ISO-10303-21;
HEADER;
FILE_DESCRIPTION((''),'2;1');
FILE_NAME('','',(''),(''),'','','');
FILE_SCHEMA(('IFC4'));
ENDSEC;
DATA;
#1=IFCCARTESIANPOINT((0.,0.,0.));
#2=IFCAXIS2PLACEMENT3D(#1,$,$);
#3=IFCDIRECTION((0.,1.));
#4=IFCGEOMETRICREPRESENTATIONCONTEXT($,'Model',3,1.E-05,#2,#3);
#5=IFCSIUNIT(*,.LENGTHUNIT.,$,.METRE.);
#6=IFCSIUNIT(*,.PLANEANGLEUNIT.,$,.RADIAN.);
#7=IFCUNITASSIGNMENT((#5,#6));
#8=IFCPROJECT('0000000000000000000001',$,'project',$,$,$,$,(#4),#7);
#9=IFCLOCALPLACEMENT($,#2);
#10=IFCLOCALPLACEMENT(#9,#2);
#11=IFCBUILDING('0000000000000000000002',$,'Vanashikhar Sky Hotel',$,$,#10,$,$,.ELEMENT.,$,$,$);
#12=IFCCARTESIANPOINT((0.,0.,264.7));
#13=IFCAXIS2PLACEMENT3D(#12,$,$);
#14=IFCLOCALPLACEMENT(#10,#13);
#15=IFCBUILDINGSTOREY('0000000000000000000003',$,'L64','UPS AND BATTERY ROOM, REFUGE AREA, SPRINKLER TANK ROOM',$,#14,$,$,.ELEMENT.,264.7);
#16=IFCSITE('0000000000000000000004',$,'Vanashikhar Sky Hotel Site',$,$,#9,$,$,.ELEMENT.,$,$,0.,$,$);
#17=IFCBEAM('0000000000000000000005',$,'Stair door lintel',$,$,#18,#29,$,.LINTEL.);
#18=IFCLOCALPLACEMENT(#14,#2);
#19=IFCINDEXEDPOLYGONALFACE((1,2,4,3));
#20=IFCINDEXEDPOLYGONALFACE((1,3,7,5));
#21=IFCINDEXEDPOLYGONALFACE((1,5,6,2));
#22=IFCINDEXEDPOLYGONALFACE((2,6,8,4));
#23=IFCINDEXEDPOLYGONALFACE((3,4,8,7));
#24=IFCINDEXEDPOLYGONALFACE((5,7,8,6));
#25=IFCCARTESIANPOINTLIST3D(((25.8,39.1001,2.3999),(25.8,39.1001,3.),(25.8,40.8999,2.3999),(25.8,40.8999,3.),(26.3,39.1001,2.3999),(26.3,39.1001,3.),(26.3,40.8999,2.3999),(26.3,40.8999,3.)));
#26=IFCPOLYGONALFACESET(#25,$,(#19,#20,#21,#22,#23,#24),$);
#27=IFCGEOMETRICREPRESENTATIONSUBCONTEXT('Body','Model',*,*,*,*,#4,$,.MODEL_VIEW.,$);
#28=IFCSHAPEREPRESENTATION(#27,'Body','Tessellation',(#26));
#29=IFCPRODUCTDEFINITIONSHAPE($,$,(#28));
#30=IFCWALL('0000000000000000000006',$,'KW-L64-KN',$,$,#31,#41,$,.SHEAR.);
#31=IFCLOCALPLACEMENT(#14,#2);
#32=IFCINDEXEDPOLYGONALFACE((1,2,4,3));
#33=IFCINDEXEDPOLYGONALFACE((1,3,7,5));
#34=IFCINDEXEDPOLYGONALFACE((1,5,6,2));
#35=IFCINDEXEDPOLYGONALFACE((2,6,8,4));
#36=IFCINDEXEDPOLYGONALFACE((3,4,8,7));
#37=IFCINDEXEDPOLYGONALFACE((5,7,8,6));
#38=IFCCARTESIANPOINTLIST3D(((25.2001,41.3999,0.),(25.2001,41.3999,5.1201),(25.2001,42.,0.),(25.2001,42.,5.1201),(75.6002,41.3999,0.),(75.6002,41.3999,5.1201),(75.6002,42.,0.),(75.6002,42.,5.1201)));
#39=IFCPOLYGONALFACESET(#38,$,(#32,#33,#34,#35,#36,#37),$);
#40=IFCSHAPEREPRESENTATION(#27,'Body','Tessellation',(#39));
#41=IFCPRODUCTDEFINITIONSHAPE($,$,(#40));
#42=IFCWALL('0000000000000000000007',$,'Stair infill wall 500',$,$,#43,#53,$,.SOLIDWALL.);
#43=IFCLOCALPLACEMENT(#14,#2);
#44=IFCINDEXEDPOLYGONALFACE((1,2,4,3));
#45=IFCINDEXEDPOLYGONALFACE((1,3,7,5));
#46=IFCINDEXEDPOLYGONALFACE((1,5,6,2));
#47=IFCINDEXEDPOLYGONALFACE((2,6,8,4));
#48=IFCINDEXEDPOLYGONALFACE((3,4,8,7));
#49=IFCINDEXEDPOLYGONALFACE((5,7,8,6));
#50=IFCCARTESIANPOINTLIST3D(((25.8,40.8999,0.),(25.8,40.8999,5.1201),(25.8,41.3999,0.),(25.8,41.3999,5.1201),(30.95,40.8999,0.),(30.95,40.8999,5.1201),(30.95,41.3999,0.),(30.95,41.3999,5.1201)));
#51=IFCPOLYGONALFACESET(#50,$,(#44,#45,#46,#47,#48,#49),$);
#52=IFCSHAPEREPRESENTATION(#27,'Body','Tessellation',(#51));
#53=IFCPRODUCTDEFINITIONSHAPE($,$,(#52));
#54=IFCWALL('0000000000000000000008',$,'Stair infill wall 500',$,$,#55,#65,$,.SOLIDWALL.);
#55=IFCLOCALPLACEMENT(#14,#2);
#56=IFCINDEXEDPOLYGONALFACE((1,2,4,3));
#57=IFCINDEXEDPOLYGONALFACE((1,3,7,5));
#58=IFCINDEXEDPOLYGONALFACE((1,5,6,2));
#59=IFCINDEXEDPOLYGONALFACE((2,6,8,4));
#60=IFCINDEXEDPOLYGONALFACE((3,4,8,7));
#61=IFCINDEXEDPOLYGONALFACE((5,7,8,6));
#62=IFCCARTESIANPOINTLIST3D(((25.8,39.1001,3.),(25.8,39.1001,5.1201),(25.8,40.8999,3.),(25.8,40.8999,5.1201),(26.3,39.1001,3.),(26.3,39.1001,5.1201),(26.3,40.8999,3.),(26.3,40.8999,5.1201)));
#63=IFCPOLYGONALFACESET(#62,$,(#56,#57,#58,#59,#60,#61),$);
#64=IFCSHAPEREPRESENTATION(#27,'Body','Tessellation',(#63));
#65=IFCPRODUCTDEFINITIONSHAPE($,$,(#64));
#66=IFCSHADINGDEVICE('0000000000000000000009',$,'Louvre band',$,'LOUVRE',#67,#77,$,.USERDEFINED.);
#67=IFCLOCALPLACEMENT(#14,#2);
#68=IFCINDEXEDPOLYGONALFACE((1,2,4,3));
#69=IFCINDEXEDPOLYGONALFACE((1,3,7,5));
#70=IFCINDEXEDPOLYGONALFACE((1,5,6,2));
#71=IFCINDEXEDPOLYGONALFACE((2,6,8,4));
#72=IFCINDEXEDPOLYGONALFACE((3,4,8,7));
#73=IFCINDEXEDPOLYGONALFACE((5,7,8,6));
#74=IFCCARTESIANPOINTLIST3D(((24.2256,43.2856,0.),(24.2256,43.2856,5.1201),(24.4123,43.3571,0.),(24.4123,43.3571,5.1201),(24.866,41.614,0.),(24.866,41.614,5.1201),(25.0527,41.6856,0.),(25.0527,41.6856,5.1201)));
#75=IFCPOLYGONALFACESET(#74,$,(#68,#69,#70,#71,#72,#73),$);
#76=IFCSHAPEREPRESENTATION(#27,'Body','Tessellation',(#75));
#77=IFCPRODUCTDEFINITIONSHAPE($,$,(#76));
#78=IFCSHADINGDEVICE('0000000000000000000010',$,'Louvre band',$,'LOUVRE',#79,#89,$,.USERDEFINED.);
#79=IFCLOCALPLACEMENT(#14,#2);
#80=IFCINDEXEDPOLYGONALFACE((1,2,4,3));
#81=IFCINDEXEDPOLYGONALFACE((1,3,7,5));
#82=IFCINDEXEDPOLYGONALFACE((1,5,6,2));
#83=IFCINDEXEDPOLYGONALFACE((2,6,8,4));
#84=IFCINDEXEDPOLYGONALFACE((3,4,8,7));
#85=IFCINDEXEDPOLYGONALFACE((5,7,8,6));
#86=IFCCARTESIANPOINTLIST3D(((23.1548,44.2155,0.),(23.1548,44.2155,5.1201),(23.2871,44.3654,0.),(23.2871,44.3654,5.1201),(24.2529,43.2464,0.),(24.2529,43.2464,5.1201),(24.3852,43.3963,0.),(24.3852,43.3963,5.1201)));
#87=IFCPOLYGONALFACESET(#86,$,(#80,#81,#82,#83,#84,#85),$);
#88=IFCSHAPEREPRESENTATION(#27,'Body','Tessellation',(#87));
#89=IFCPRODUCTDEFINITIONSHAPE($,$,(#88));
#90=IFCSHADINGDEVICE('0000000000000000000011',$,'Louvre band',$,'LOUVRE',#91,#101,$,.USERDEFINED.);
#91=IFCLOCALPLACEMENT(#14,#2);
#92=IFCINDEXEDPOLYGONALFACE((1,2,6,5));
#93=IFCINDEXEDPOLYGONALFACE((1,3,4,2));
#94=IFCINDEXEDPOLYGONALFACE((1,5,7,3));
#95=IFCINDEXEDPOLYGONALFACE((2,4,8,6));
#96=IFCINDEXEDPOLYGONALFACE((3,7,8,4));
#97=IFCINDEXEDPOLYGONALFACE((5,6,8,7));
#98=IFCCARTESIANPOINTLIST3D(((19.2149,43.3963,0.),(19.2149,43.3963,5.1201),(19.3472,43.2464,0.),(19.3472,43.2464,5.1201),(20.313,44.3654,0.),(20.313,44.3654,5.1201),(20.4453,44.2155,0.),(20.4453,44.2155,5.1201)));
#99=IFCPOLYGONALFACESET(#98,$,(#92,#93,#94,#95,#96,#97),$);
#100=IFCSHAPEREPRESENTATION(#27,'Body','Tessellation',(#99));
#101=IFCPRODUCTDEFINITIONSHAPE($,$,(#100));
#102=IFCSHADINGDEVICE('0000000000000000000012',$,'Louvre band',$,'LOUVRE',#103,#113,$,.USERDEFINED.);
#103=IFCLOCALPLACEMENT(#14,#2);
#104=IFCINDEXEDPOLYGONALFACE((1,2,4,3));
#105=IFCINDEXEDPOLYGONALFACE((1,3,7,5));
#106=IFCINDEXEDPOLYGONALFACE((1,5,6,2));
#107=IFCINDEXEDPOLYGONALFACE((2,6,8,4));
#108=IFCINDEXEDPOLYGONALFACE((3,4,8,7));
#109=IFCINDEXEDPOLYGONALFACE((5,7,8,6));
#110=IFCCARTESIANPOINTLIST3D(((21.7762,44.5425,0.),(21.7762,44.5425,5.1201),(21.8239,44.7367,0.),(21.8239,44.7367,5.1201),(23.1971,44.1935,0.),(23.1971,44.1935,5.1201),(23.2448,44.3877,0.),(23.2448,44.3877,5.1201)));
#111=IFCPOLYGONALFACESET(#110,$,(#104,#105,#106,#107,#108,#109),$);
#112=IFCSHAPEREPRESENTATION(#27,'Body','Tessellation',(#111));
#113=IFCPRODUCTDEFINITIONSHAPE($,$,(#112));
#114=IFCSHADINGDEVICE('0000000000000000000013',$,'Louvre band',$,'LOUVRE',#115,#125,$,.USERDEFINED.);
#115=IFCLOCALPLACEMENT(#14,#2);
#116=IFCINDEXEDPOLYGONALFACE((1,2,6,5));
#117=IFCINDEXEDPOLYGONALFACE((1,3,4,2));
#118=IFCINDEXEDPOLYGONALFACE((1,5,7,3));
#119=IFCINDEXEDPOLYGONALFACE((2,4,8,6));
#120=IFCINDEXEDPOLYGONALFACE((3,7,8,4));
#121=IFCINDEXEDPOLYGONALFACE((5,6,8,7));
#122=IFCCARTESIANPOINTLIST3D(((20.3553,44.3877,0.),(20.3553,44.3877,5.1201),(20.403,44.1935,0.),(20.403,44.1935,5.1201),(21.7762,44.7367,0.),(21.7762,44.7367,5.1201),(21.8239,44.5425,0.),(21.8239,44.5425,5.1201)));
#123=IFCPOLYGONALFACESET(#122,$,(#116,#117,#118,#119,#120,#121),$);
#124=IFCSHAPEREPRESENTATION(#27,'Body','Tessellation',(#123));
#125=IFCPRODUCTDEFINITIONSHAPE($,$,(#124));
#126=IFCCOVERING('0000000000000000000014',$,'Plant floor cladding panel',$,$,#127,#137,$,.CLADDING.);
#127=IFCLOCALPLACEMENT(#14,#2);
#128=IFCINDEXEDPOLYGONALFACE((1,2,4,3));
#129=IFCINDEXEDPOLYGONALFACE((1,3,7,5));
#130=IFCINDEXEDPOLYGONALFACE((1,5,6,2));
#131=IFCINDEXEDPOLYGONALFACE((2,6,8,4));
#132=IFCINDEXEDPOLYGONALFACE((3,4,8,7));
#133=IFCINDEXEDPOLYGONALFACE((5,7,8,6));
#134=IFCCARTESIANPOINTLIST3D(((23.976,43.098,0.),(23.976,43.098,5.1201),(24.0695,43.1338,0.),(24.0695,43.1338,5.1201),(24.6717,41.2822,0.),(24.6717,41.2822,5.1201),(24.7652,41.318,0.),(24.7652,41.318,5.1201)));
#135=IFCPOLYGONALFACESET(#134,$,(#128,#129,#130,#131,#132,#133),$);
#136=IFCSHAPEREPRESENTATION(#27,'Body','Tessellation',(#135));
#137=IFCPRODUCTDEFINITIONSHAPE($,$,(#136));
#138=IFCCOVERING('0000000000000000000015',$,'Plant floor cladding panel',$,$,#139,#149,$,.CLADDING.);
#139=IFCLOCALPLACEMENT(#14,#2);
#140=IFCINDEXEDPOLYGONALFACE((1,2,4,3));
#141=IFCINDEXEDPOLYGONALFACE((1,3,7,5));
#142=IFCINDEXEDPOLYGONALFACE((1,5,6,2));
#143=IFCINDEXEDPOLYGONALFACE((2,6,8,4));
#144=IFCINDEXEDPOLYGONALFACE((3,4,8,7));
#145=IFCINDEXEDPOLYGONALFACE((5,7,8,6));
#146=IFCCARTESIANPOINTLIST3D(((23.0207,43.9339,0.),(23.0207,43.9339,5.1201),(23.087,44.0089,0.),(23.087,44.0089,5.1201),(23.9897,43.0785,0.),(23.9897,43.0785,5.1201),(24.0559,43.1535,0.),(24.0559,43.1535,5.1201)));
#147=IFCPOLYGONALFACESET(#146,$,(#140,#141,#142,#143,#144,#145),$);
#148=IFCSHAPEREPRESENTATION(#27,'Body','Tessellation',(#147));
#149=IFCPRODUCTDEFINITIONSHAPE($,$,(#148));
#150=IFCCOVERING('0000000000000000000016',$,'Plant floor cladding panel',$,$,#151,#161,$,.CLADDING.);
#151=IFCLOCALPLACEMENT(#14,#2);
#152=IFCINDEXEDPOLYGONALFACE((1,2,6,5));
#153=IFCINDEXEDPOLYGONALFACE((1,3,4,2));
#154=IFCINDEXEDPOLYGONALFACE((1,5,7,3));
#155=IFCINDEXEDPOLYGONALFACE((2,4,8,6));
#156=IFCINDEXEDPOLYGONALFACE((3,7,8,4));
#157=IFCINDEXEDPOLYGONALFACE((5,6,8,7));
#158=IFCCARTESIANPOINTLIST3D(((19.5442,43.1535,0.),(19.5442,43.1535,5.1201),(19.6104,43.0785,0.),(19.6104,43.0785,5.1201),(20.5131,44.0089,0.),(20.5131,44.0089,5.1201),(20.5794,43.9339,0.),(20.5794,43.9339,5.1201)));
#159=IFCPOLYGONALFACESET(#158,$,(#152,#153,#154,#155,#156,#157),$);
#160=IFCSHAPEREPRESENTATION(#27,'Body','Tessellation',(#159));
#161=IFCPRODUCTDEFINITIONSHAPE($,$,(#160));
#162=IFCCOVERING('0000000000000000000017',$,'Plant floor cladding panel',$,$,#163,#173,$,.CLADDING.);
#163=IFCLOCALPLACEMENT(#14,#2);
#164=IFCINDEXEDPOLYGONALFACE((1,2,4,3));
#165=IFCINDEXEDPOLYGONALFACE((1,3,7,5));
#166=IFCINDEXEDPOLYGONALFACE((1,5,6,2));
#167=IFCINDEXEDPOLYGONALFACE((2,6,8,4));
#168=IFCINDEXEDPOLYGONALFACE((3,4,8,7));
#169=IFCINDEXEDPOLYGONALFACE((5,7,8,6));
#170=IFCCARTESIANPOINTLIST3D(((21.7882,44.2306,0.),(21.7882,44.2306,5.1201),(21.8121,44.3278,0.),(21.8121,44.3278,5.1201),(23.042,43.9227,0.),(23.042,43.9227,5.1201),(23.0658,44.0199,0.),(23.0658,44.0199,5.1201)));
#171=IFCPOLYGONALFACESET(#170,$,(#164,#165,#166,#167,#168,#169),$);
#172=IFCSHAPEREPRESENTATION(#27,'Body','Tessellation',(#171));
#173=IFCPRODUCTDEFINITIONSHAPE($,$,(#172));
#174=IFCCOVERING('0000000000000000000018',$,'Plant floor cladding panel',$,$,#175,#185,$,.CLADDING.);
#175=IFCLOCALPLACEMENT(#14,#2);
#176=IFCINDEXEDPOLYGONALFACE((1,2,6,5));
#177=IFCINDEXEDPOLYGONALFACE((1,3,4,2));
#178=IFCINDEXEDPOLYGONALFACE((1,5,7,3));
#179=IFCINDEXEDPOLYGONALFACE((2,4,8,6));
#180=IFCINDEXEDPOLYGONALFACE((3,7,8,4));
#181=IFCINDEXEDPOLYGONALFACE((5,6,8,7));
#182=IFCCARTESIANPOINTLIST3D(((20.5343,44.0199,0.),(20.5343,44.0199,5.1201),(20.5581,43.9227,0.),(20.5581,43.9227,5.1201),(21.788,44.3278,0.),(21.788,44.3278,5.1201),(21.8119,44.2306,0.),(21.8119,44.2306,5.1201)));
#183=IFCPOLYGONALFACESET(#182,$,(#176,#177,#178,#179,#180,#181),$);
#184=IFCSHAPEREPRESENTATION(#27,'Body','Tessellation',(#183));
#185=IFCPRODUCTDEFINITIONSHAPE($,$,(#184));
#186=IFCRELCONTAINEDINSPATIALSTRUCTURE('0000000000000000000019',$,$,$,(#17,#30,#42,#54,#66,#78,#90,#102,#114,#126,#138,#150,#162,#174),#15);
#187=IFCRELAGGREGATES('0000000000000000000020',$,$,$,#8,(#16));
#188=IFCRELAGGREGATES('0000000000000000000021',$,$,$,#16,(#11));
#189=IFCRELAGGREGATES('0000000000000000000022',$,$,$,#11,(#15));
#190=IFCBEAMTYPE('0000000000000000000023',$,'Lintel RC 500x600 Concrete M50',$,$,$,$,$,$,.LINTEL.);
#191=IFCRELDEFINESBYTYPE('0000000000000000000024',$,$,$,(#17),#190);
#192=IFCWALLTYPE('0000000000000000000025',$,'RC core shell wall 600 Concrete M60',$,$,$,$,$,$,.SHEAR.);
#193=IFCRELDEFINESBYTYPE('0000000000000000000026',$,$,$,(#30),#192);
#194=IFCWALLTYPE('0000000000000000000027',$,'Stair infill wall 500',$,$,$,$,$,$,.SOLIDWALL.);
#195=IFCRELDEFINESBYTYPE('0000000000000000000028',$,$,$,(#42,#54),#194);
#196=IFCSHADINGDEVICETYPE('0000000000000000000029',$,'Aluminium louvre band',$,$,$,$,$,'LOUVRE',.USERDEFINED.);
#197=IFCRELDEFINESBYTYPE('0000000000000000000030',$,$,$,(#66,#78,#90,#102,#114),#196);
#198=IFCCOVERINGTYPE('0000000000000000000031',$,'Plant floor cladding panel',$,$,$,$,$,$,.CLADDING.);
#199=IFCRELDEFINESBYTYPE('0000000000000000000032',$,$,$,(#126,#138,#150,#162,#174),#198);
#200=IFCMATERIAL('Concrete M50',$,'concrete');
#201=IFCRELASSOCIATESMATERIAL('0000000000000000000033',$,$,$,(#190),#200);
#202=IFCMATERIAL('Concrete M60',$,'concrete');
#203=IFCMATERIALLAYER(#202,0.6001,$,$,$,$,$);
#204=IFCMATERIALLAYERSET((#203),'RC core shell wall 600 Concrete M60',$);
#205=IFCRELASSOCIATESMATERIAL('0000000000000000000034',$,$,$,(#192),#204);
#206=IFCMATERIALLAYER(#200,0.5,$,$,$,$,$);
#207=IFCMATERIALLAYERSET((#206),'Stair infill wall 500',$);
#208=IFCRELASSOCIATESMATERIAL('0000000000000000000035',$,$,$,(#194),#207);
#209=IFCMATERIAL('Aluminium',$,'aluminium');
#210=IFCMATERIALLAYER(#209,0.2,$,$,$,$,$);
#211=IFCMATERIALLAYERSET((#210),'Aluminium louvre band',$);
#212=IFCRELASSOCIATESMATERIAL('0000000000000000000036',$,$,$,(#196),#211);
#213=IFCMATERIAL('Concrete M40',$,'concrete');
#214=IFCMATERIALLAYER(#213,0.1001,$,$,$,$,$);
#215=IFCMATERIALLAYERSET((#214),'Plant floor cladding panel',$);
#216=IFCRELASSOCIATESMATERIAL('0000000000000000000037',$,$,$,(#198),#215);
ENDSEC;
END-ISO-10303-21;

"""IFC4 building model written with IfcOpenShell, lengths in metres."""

from ifc_helpers import new_model, si_unit, direction, frame, frame_2d, origin, origin_2d, place, context, subcontext, project, spatial, rectangle, extrude, source, transform, mapped, material, layer, layer_set, material_profile, profile_set, type_object, element, save


model = new_model("IFC4")

# Units and contexts
model_context = context("Model", 3, precision=1e-05, world=origin(), true_north=direction((0.0, 1.0)))
body_context = subcontext(model_context, "Body", "Model", "MODEL_VIEW")
ifc_project = project(units=[si_unit("LENGTHUNIT", "METRE"), si_unit("PLANEANGLEUNIT", "RADIAN")], contexts=[model_context])

# Site, building, storey
site_placement = place(None, origin())
site = spatial("IfcSite", under=ifc_project, at=site_placement, Name="Vanashikhar Sky Hotel Site", CompositionType="ELEMENT", RefElevation=0.0)
building_placement = place(site_placement, origin())
building = spatial("IfcBuilding", under=site, at=building_placement, Name="Vanashikhar Sky Hotel", CompositionType="ELEMENT")
storey_placement = place(building_placement, frame((0.0, 0.0, 264.7)))
storey = spatial("IfcBuildingStorey", under=building, at=storey_placement, Name="L64", Description="UPS AND BATTERY ROOM, REFUGE AREA, SPRINKLER TANK ROOM", CompositionType="ELEMENT", Elevation=264.7)

# Beam
ifc_material_1 = material(Name="Concrete M50", Category="concrete")
ifc_material_profile_1 = material_profile(ifc_material_1, rectangle(XDim=0.5, YDim=0.6001, at=origin_2d()))
ifc_profile_set_1 = profile_set([ifc_material_profile_1], Name="Lintel RC 500x600 Concrete M50")
beam_type = type_object("IfcBeamType", Name="Lintel RC 500x600 Concrete M50", PredefinedType="LINTEL", material=ifc_profile_set_1)
shared_shape_1 = source(origin(), body_context, "Body", "SweptSolid", [
    extrude(rectangle(XDim=0.5, YDim=0.6001, at=origin_2d()), origin(), (0.0, 0.0, 1.0), 1.7998),
])
beam_placement = place(storey_placement, frame((26.05, 39.1001, 2.7), z_axis=(0.0, 1.0, 0.0), x_axis=(-1.0, 0.0, 0.0)))
element("IfcBeam", 1, at=beam_placement, inside=storey, type_object=beam_type, Name="Stair door lintel", PredefinedType="LINTEL", context=body_context, shape_type="MappedRepresentation", body=[
    mapped(shared_shape_1, transform((0.0, 0.0, 0.0), scale=1.0)),
])

# Walls
ifc_material_2 = material(Name="Concrete M60", Category="concrete")
ifc_layer_1 = layer(ifc_material_2, 0.6001)
ifc_layer_set_1 = layer_set([ifc_layer_1], Name="RC core shell wall 600 Concrete M60")
wall_type_1 = type_object("IfcWallType", Name="RC core shell wall 600 Concrete M60", PredefinedType="SHEAR", material=ifc_layer_set_1)
shared_shape_2 = source(origin(), body_context, "Body", "SweptSolid", [
    extrude(rectangle(XDim=50.4001, YDim=0.6001, at=frame_2d((25.2002, 0.0))), origin(), (0.0, 0.0, 1.0), 5.1201),
])
wall_1_placement = place(storey_placement, frame((25.2, 41.7, 0.0), z_axis=(0.0, 0.0, 1.0), x_axis=(1.0, 0.0, 0.0)))
element("IfcWall", 2, at=wall_1_placement, inside=storey, type_object=wall_type_1, Name="KW-L64-KN", PredefinedType="SHEAR", context=body_context, shape_type="MappedRepresentation", body=[
    mapped(shared_shape_2, transform((0.0, 0.0, 0.0), scale=1.0)),
])
ifc_layer_2 = layer(ifc_material_1, 0.5)
ifc_layer_set_2 = layer_set([ifc_layer_2], Name="Stair infill wall 500")
wall_type_2 = type_object("IfcWallType", Name="Stair infill wall 500", PredefinedType="SOLIDWALL", material=ifc_layer_set_2)
shared_shape_3 = source(origin(), body_context, "Body", "SweptSolid", [
    extrude(rectangle(XDim=5.1499, YDim=0.5, at=frame_2d((2.575, 0.0))), origin(), (0.0, 0.0, 1.0), 5.1201),
])
wall_2_placement = place(storey_placement, frame((25.8, 41.1499, 0.0), z_axis=(0.0, 0.0, 1.0), x_axis=(1.0, 0.0, 0.0)))
element("IfcWall", 3, at=wall_2_placement, inside=storey, type_object=wall_type_2, Name="Stair infill wall 500", PredefinedType="SOLIDWALL", context=body_context, shape_type="MappedRepresentation", body=[
    mapped(shared_shape_3, transform((0.0, 0.0, 0.0), scale=1.0)),
])
shared_shape_4 = source(origin(), body_context, "Body", "SweptSolid", [
    extrude(rectangle(XDim=1.7998, YDim=0.5, at=frame_2d((0.8999, 0.0))), origin(), (0.0, 0.0, 1.0), 2.1201),
])
wall_3_placement = place(storey_placement, frame((26.05, 39.1001, 3.0), z_axis=(0.0, 0.0, 1.0), x_axis=(0.0, 1.0, 0.0)))
element("IfcWall", 4, at=wall_3_placement, inside=storey, type_object=wall_type_2, Name="Stair infill wall 500", PredefinedType="SOLIDWALL", context=body_context, shape_type="MappedRepresentation", body=[
    mapped(shared_shape_4, transform((0.0, 0.0, 0.0), scale=1.0)),
])

# Shading devices
ifc_material_3 = material(Name="Aluminium", Category="aluminium")
ifc_layer_3 = layer(ifc_material_3, 0.2)
ifc_layer_set_3 = layer_set([ifc_layer_3], Name="Aluminium louvre band")
shading_device_type = type_object("IfcShadingDeviceType", Name="Aluminium louvre band", ElementType="LOUVRE", PredefinedType="USERDEFINED", material=ifc_layer_set_3)
shared_shape_5 = source(origin(), body_context, "Body", "SweptSolid", [
    extrude(rectangle(XDim=1.79, YDim=0.2, at=origin_2d()), origin(), (0.0, 0.0, 1.0), 5.1201),
])
shading_device_1_placement = place(storey_placement, frame((24.6392, 42.4856, 0.0), z_axis=(0.0, 0.0, 1.0), x_axis=(-0.357765, 0.933812, 0.0)))
element("IfcShadingDevice", 5, at=shading_device_1_placement, inside=storey, type_object=shading_device_type, Name="Louvre band", ObjectType="LOUVRE", PredefinedType="USERDEFINED", context=body_context, shape_type="MappedRepresentation", body=[
    mapped(shared_shape_5, transform((0.0, 0.0, 0.0), scale=1.0)),
])
shared_shape_6 = source(origin(), body_context, "Body", "SweptSolid", [
    extrude(rectangle(XDim=1.4646, YDim=0.2, at=origin_2d()), origin(), (0.0, 0.0, 1.0), 5.1201),
])
for number, where, z_axis, x_axis, name in (
    (6, (23.77, 43.8059, 0.0), (0.0, 0.0, 1.0), (-0.749742, 0.661731, 0.0), "Louvre band"),
    (7, (19.8301, 43.8059, 0.0), (0.0, 0.0, 1.0), (-0.749742, -0.661731, 0.0), "Louvre band"),
):
    element("IfcShadingDevice", number, at=place(storey_placement, frame(where, z_axis=z_axis, x_axis=x_axis)), inside=storey, type_object=shading_device_type, Name=name, ObjectType="LOUVRE", PredefinedType="USERDEFINED", context=body_context, shape_type="MappedRepresentation", body=[
        mapped(shared_shape_6, transform((0.0, 0.0, 0.0), scale=1.0)),
    ])
shared_shape_7 = source(origin(), body_context, "Body", "SweptSolid", [
    extrude(rectangle(XDim=1.4631, YDim=0.2, at=origin_2d()), origin(), (0.0, 0.0, 1.0), 5.1201),
])
for number, where, z_axis, x_axis, name in (
    (8, (22.5105, 44.4651, 0.0), (0.0, 0.0, 1.0), (-0.971134, 0.238533, 0.0), "Louvre band"),
    (9, (21.0896, 44.4651, 0.0), (0.0, 0.0, 1.0), (-0.971134, -0.238533, 0.0), "Louvre band"),
):
    element("IfcShadingDevice", number, at=place(storey_placement, frame(where, z_axis=z_axis, x_axis=x_axis)), inside=storey, type_object=shading_device_type, Name=name, ObjectType="LOUVRE", PredefinedType="USERDEFINED", context=body_context, shape_type="MappedRepresentation", body=[
        mapped(shared_shape_7, transform((0.0, 0.0, 0.0), scale=1.0)),
    ])

# Coverings
ifc_material_4 = material(Name="Concrete M40", Category="concrete")
ifc_layer_4 = layer(ifc_material_4, 0.1001)
ifc_layer_set_4 = layer_set([ifc_layer_4], Name="Plant floor cladding panel")
covering_type_1 = type_object("IfcCoveringType", Name="Plant floor cladding panel", PredefinedType="CLADDING", material=ifc_layer_set_4)
shared_shape_8 = source(origin(), body_context, "Body", "SweptSolid", [
    extrude(rectangle(XDim=1.9446, YDim=0.1001, at=origin_2d()), origin(), (0.0, 0.0, 1.0), 5.1201),
])
covering_1_placement = place(storey_placement, frame((24.3706, 42.208, 0.0), z_axis=(0.0, 0.0, 1.0), x_axis=(-0.357781, 0.933805, 0.0)))
element("IfcCovering", 10, at=covering_1_placement, inside=storey, type_object=covering_type_1, Name="Plant floor cladding panel", PredefinedType="CLADDING", context=body_context, shape_type="MappedRepresentation", body=[
    mapped(shared_shape_8, transform((0.0, 0.0, 0.0), scale=1.0)),
])
shared_shape_9 = source(origin(), body_context, "Body", "SweptSolid", [
    extrude(rectangle(XDim=1.2925, YDim=0.1001, at=origin_2d()), origin(), (0.0, 0.0, 1.0), 5.1201),
])
for number, where, z_axis, x_axis, name in (
    (11, (23.5383, 43.5437, 0.0), (0.0, 0.0, 1.0), (-0.749684, 0.661796, 0.0), "Plant floor cladding panel"),
    (12, (20.0618, 43.5437, 0.0), (0.0, 0.0, 1.0), (-0.749684, -0.661796, 0.0), "Plant floor cladding panel"),
):
    element("IfcCovering", number, at=place(storey_placement, frame(where, z_axis=z_axis, x_axis=x_axis)), inside=storey, type_object=covering_type_1, Name=name, PredefinedType="CLADDING", context=body_context, shape_type="MappedRepresentation", body=[
        mapped(shared_shape_9, transform((0.0, 0.0, 0.0), scale=1.0)),
    ])
shared_shape_10 = source(origin(), body_context, "Body", "SweptSolid", [
    extrude(rectangle(XDim=1.291, YDim=0.1001, at=origin_2d()), origin(), (0.0, 0.0, 1.0), 5.1201),
])
for number, where, z_axis, x_axis, name in (
    (13, (22.427, 44.1252, 0.0), (0.0, 0.0, 1.0), (-0.971151, 0.238466, 0.0), "Plant floor cladding panel"),
    (14, (21.1731, 44.1252, 0.0), (0.0, 0.0, 1.0), (-0.971151, -0.238466, 0.0), "Plant floor cladding panel"),
):
    element("IfcCovering", number, at=place(storey_placement, frame(where, z_axis=z_axis, x_axis=x_axis)), inside=storey, type_object=covering_type_1, Name=name, PredefinedType="CLADDING", context=body_context, shape_type="MappedRepresentation", body=[
        mapped(shared_shape_10, transform((0.0, 0.0, 0.0), scale=1.0)),
    ])

save(model, "model.ifc")
